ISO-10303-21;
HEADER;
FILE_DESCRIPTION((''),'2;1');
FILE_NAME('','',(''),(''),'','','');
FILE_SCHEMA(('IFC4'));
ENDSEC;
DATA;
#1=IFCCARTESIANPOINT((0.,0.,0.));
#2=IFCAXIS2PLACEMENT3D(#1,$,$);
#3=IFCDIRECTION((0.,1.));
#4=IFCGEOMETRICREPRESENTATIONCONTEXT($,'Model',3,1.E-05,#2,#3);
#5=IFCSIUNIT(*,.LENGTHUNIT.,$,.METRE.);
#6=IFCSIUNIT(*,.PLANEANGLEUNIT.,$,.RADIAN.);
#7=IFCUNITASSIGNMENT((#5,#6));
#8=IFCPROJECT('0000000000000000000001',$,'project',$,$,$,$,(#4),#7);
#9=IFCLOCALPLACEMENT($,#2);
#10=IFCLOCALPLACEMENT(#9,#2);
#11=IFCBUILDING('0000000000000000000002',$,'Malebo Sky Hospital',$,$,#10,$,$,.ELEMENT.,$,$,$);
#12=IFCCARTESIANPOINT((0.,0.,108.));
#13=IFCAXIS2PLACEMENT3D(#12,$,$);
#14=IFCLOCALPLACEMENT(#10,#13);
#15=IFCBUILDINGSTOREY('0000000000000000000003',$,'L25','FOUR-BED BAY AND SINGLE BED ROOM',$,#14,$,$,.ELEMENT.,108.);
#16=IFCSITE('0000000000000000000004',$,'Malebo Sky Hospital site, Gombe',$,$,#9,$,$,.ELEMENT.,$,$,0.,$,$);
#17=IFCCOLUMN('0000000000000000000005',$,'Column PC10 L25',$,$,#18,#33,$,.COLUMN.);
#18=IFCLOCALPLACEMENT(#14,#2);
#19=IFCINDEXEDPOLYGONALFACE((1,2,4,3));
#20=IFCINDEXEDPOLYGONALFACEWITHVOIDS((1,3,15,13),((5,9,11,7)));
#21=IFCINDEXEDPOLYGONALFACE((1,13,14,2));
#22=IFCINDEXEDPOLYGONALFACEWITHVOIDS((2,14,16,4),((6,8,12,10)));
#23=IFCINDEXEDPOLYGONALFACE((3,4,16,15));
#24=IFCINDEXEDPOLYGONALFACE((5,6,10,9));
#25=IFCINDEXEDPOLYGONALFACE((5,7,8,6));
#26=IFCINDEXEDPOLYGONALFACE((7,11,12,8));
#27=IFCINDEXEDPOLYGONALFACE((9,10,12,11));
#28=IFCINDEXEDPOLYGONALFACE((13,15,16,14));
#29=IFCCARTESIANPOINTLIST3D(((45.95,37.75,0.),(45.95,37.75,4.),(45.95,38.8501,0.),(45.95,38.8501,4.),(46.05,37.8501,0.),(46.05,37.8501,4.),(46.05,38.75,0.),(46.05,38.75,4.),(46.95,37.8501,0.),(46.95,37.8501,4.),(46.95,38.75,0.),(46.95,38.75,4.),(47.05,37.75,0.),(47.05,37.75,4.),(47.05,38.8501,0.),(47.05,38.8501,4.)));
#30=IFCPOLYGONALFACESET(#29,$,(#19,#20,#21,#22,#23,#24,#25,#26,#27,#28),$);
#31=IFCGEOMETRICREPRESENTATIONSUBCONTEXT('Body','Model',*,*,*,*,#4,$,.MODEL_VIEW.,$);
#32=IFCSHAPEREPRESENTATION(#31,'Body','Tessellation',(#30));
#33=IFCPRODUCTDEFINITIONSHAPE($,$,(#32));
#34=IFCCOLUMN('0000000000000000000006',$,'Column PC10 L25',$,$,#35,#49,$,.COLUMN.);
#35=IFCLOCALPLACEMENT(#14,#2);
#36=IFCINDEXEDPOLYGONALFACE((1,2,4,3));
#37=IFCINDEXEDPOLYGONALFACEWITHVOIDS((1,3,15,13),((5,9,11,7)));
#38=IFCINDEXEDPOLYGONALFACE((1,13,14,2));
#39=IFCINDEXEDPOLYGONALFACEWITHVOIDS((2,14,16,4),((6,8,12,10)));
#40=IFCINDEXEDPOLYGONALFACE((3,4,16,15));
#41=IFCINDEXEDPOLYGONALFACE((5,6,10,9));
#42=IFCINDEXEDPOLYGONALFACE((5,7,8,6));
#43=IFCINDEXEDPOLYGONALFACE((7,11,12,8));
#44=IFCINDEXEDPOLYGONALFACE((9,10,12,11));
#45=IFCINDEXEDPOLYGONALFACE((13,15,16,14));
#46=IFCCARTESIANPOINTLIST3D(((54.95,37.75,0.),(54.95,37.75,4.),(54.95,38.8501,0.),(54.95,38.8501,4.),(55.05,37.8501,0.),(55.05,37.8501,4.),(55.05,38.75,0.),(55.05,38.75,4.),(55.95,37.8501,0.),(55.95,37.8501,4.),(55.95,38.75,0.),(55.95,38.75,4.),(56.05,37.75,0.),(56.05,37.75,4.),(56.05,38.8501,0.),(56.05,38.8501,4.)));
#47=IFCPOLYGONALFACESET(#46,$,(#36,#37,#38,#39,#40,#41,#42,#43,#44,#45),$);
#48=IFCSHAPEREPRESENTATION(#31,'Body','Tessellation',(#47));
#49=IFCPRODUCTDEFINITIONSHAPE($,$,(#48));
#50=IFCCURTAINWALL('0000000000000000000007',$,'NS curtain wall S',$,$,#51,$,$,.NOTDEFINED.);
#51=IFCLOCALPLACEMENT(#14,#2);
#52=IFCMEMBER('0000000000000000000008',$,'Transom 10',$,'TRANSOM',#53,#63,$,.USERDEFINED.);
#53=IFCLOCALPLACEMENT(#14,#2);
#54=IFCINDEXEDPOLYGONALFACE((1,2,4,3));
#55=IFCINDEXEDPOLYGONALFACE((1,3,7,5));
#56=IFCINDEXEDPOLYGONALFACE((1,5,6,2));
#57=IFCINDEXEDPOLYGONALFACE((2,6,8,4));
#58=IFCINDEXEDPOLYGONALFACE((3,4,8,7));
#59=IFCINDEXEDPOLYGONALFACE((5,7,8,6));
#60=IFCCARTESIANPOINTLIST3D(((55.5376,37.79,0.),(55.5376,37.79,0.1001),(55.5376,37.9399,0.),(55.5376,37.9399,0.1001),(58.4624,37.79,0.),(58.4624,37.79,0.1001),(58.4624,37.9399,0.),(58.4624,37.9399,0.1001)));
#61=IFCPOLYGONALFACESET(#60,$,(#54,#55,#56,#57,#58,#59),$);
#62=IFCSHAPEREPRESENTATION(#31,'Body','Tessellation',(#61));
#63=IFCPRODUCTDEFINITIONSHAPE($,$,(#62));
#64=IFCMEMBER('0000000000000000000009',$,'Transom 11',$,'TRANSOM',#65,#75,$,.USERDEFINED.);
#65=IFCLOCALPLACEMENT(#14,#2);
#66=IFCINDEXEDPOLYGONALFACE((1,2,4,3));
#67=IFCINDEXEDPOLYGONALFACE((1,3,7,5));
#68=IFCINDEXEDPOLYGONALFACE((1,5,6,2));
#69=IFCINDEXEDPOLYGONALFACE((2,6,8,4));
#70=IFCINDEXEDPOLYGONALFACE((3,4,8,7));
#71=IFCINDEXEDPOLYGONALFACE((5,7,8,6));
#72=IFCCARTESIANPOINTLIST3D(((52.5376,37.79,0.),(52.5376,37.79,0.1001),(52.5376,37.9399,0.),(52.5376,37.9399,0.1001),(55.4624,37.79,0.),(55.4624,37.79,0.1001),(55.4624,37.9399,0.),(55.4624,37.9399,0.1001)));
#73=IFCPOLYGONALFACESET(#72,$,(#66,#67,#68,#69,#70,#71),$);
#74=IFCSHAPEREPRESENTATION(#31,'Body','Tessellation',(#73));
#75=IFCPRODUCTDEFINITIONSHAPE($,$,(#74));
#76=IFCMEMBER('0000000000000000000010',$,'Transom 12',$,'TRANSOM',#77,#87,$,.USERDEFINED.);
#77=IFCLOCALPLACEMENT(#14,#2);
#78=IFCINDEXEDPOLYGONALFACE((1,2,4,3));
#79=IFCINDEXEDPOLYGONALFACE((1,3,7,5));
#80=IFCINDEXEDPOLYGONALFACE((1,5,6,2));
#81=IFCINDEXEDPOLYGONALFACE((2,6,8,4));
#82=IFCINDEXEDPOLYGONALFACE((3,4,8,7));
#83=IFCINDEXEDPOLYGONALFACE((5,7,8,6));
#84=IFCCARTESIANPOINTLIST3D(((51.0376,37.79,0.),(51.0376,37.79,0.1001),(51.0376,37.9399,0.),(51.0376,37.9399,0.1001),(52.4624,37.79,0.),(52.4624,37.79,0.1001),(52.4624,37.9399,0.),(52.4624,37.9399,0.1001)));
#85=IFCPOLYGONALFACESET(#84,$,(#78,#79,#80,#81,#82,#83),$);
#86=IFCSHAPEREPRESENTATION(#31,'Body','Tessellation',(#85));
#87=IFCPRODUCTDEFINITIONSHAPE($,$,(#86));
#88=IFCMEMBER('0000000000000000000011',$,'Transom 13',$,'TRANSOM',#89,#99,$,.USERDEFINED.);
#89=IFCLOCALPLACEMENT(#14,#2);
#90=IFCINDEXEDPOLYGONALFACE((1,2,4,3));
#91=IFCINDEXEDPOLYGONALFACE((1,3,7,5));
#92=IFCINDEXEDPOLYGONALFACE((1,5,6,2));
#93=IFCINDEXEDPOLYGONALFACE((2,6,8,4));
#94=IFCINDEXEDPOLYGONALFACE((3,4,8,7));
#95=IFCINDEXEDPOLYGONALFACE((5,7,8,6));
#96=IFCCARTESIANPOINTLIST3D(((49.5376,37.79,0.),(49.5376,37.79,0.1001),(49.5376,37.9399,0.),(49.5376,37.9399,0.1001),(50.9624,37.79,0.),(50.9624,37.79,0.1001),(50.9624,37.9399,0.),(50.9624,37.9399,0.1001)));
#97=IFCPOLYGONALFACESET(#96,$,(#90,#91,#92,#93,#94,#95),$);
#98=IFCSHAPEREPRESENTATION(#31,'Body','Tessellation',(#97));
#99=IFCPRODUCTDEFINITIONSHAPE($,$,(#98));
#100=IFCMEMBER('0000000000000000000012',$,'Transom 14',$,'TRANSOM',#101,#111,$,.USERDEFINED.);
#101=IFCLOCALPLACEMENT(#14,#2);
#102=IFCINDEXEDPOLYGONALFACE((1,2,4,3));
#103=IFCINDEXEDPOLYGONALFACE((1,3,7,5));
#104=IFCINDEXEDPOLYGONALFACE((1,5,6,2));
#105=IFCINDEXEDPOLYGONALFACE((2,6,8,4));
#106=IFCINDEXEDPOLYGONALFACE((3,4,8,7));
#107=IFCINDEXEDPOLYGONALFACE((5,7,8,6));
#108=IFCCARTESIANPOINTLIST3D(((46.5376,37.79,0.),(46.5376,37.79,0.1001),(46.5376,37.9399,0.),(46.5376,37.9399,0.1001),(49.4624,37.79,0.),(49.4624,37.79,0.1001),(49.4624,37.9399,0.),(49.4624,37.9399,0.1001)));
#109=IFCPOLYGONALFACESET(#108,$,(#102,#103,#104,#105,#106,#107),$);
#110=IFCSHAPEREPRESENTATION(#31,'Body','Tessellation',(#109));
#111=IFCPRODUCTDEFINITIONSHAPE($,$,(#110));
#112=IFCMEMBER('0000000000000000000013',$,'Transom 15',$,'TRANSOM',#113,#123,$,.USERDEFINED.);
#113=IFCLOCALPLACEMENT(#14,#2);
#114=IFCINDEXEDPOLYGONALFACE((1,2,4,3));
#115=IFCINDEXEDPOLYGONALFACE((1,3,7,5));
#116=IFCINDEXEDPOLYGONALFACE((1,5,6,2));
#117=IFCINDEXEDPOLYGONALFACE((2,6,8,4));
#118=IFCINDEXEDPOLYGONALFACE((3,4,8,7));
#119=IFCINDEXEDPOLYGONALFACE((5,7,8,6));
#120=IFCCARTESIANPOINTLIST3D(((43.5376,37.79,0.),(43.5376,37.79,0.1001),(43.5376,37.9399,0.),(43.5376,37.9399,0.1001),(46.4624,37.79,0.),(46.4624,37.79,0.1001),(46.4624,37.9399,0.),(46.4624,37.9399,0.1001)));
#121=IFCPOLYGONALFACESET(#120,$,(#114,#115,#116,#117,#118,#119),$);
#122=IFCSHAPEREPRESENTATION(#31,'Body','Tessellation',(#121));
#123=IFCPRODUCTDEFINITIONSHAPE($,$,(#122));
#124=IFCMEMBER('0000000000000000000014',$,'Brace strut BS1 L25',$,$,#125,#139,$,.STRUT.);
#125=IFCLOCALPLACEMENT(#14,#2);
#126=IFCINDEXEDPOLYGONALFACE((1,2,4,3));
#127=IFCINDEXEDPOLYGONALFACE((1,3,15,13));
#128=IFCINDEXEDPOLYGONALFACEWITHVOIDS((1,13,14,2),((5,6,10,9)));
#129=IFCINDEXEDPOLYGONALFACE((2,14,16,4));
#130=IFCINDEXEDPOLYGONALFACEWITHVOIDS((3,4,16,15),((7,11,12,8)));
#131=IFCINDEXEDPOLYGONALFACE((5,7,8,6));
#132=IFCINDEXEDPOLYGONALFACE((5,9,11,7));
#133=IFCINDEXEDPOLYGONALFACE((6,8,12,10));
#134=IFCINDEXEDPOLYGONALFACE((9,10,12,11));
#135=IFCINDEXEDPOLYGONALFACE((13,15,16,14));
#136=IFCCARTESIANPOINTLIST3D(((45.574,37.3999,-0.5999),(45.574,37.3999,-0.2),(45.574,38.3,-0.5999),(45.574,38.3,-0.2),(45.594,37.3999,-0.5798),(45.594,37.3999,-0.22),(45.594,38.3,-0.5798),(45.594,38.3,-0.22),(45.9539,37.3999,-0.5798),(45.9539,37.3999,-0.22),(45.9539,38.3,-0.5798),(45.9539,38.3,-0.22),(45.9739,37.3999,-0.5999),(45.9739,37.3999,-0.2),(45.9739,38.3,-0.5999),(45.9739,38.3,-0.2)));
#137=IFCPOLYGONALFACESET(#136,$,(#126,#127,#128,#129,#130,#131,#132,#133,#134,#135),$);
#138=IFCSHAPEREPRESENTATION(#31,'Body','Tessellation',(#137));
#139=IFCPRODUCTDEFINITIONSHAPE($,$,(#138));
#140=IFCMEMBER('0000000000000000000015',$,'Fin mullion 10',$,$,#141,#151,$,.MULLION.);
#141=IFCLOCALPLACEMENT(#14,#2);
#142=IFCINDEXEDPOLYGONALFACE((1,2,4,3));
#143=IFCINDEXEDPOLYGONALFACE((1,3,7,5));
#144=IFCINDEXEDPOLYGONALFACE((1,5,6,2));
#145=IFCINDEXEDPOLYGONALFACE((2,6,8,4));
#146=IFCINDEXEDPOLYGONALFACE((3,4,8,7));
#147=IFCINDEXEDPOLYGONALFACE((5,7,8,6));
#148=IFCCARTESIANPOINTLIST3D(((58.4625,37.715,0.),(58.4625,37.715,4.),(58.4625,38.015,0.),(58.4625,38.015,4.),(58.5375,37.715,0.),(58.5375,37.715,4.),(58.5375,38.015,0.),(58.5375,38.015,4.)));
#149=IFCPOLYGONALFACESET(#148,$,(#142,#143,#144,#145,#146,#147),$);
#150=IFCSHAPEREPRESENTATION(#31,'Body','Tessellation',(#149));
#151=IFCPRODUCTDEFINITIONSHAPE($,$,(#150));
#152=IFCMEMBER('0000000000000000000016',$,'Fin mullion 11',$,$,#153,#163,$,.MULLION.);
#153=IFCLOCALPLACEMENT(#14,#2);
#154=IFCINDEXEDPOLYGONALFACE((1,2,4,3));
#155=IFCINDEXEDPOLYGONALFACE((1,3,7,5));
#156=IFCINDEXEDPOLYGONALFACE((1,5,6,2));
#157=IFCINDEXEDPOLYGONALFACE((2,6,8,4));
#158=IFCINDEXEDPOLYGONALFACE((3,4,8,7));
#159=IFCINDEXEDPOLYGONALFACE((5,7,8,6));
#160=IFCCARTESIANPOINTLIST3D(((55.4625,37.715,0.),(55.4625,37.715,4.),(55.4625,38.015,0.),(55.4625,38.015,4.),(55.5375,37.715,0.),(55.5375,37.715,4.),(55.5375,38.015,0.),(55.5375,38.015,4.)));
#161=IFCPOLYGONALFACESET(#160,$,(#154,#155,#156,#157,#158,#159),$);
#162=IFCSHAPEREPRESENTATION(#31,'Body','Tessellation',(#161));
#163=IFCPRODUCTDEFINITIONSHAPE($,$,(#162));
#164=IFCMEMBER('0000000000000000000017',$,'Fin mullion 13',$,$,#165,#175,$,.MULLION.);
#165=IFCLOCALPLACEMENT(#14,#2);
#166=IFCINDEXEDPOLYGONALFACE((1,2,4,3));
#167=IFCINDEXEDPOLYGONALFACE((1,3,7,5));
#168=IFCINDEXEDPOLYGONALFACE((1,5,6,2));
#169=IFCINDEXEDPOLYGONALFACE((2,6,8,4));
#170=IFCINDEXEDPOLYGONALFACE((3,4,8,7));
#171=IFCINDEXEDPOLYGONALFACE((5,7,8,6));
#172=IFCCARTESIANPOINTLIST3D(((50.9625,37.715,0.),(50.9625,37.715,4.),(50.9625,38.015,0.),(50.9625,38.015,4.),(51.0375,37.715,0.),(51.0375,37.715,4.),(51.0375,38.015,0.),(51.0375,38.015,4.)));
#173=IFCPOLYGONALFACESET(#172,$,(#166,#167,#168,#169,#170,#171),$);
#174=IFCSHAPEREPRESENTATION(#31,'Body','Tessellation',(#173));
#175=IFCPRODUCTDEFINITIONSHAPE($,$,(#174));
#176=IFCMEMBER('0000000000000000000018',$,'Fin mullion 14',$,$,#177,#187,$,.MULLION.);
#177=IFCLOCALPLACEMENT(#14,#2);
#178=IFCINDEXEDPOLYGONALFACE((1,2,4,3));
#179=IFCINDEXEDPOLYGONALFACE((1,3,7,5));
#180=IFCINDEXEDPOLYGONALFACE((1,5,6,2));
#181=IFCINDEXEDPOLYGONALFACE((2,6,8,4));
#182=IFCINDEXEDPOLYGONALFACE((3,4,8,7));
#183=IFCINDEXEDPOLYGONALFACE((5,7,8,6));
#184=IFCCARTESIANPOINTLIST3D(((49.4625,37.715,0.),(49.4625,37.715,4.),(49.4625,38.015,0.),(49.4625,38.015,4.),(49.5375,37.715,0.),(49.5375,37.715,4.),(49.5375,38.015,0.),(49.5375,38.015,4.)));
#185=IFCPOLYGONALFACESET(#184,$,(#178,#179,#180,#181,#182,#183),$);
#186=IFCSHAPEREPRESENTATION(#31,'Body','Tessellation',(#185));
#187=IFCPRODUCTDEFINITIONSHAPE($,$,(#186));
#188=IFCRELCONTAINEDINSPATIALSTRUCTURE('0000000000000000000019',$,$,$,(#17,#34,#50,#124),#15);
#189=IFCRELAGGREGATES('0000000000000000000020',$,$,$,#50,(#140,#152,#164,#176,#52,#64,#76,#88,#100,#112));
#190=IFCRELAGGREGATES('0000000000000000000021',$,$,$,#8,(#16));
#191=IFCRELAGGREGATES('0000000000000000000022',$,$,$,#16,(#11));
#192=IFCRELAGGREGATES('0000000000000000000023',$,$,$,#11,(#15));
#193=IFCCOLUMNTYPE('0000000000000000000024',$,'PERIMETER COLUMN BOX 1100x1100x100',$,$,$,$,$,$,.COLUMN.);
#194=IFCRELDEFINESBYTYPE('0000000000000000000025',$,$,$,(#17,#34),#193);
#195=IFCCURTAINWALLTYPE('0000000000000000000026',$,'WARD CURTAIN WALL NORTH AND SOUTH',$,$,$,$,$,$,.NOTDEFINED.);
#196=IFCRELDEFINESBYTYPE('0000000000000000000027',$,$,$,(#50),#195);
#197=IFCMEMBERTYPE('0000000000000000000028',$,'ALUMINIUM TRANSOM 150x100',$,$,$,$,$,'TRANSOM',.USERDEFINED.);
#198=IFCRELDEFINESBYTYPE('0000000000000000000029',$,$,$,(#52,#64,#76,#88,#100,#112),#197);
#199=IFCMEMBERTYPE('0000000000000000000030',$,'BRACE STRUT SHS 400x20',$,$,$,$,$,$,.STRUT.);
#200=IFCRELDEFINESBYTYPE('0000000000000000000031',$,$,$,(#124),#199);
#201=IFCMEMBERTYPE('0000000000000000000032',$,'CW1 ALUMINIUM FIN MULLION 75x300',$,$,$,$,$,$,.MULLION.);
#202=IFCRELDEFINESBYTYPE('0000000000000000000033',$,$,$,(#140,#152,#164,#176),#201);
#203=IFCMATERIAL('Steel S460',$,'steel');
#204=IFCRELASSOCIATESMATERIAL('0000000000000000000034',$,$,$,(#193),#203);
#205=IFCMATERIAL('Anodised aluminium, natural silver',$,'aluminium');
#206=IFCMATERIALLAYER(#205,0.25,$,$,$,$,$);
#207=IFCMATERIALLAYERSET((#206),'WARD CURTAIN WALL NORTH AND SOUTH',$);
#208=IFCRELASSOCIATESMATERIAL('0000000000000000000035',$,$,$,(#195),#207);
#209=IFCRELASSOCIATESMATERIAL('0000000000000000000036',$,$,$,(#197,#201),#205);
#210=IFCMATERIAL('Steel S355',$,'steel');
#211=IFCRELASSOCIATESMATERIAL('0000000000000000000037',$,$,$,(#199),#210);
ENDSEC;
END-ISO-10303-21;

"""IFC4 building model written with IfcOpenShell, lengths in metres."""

from ifc_helpers import new_model, si_unit, direction, frame, origin, origin_2d, place, context, subcontext, project, spatial, rectangle, hollow_rectangle, extrude, material, layer, layer_set, material_profile, profile_set, type_object, element, aggregate, save


model = new_model("IFC4")

# Units and contexts
model_context = context("Model", 3, precision=1e-05, world=origin(), true_north=direction((0.0, 1.0)))
body_context = subcontext(model_context, "Body", "Model", "MODEL_VIEW")
ifc_project = project(units=[si_unit("LENGTHUNIT", "METRE"), si_unit("PLANEANGLEUNIT", "RADIAN")], contexts=[model_context])

# Site, building, storey
site_placement = place(None, origin())
site = spatial("IfcSite", under=ifc_project, at=site_placement, Name="Malebo Sky Hospital site, Gombe", CompositionType="ELEMENT", RefElevation=0.0)
building_placement = place(site_placement, origin())
building = spatial("IfcBuilding", under=site, at=building_placement, Name="Malebo Sky Hospital", CompositionType="ELEMENT")
storey_placement = place(building_placement, frame((0.0, 0.0, 108.0)))
storey = spatial("IfcBuildingStorey", under=building, at=storey_placement, Name="L25", Description="FOUR-BED BAY AND SINGLE BED ROOM", CompositionType="ELEMENT", Elevation=108.0)

# Columns
ifc_material_1 = material(Name="Steel S460", Category="steel")
ifc_material_profile_1 = material_profile(ifc_material_1, hollow_rectangle(XDim=1.1001, YDim=1.1001, WallThickness=0.1001, at=origin_2d()), Name="BOX 1100x1100x100")
ifc_profile_set_1 = profile_set([ifc_material_profile_1], Name="Steel S460")
column_type = type_object("IfcColumnType", Name="PERIMETER COLUMN BOX 1100x1100x100", PredefinedType="COLUMN", material=ifc_profile_set_1)
for number, where, z_axis, x_axis, name in (
    (1, (46.5, 38.3, 0.0), (0.0, 0.0, 1.0), (1.0, 0.0, 0.0), "Column PC10 L25"),
    (2, (55.5, 38.3, 0.0), (0.0, 0.0, 1.0), (1.0, 0.0, 0.0), "Column PC10 L25"),
):
    element("IfcColumn", number, at=place(storey_placement, frame(where, z_axis=z_axis, x_axis=x_axis)), inside=storey, type_object=column_type, Name=name, PredefinedType="COLUMN", context=body_context, shape_type="SweptSolid", body=[
        extrude(hollow_rectangle(XDim=1.1001, YDim=1.1001, WallThickness=0.1001, at=origin_2d()), origin(), (0.0, 0.0, 1.0), 4.0),
    ])

# Curtain wall, members
ifc_material_2 = material(Name="Anodised aluminium, natural silver", Category="aluminium")
ifc_layer_1 = layer(ifc_material_2, 0.25)
ifc_layer_set_1 = layer_set([ifc_layer_1], Name="WARD CURTAIN WALL NORTH AND SOUTH")
curtain_wall_type = type_object("IfcCurtainWallType", Name="WARD CURTAIN WALL NORTH AND SOUTH", PredefinedType="NOTDEFINED", material=ifc_layer_set_1)
curtain_wall_placement = place(storey_placement, origin())
curtain_wall = element("IfcCurtainWall", 3, at=curtain_wall_placement, inside=storey, type_object=curtain_wall_type, Name="NS curtain wall S", PredefinedType="NOTDEFINED")
ifc_material_profile_2 = material_profile(ifc_material_2, rectangle(XDim=0.1499, YDim=0.1001, at=origin_2d()), Name="ALUMINIUM TRANSOM 150x100")
ifc_profile_set_2 = profile_set([ifc_material_profile_2], Name="Anodised aluminium, natural silver")
member_type_1 = type_object("IfcMemberType", Name="ALUMINIUM TRANSOM 150x100", ElementType="TRANSOM", PredefinedType="USERDEFINED", material=ifc_profile_set_2)
member_1_placement = place(storey_placement, frame((58.4624, 37.865, 0.05), z_axis=(-1.0, 0.0, 0.0), x_axis=(0.0, -1.0, 0.0)))
member_1 = element("IfcMember", 4, at=member_1_placement, type_object=member_type_1, Name="Transom 10", ObjectType="TRANSOM", PredefinedType="USERDEFINED", context=body_context, shape_type="SweptSolid", body=[
    extrude(rectangle(XDim=0.1499, YDim=0.1001, at=origin_2d()), origin(), (0.0, 0.0, 1.0), 2.9248),
])
member_2_placement = place(storey_placement, frame((55.4624, 37.865, 0.05), z_axis=(-1.0, 0.0, 0.0), x_axis=(0.0, -1.0, 0.0)))
member_2 = element("IfcMember", 5, at=member_2_placement, type_object=member_type_1, Name="Transom 11", ObjectType="TRANSOM", PredefinedType="USERDEFINED", context=body_context, shape_type="SweptSolid", body=[
    extrude(rectangle(XDim=0.1499, YDim=0.1001, at=origin_2d()), origin(), (0.0, 0.0, 1.0), 2.9248),
])
member_3_placement = place(storey_placement, frame((52.4624, 37.865, 0.05), z_axis=(-1.0, 0.0, 0.0), x_axis=(0.0, -1.0, 0.0)))
member_3 = element("IfcMember", 6, at=member_3_placement, type_object=member_type_1, Name="Transom 12", ObjectType="TRANSOM", PredefinedType="USERDEFINED", context=body_context, shape_type="SweptSolid", body=[
    extrude(rectangle(XDim=0.1499, YDim=0.1001, at=origin_2d()), origin(), (0.0, 0.0, 1.0), 1.4248),
])
member_4_placement = place(storey_placement, frame((50.9624, 37.865, 0.05), z_axis=(-1.0, 0.0, 0.0), x_axis=(0.0, -1.0, 0.0)))
member_4 = element("IfcMember", 7, at=member_4_placement, type_object=member_type_1, Name="Transom 13", ObjectType="TRANSOM", PredefinedType="USERDEFINED", context=body_context, shape_type="SweptSolid", body=[
    extrude(rectangle(XDim=0.1499, YDim=0.1001, at=origin_2d()), origin(), (0.0, 0.0, 1.0), 1.4248),
])
member_5_placement = place(storey_placement, frame((49.4624, 37.865, 0.05), z_axis=(-1.0, 0.0, 0.0), x_axis=(0.0, -1.0, 0.0)))
member_5 = element("IfcMember", 8, at=member_5_placement, type_object=member_type_1, Name="Transom 14", ObjectType="TRANSOM", PredefinedType="USERDEFINED", context=body_context, shape_type="SweptSolid", body=[
    extrude(rectangle(XDim=0.1499, YDim=0.1001, at=origin_2d()), origin(), (0.0, 0.0, 1.0), 2.9248),
])
member_6_placement = place(storey_placement, frame((46.4624, 37.865, 0.05), z_axis=(-1.0, 0.0, 0.0), x_axis=(0.0, -1.0, 0.0)))
member_6 = element("IfcMember", 9, at=member_6_placement, type_object=member_type_1, Name="Transom 15", ObjectType="TRANSOM", PredefinedType="USERDEFINED", context=body_context, shape_type="SweptSolid", body=[
    extrude(rectangle(XDim=0.1499, YDim=0.1001, at=origin_2d()), origin(), (0.0, 0.0, 1.0), 2.9248),
])

# Members
ifc_material_3 = material(Name="Steel S355", Category="steel")
ifc_material_profile_3 = material_profile(ifc_material_3, hollow_rectangle(XDim=0.3999, YDim=0.3999, WallThickness=0.02, at=origin_2d()), Name="SHS 400x20")
ifc_profile_set_3 = profile_set([ifc_material_profile_3], Name="Steel S355")
member_type_2 = type_object("IfcMemberType", Name="BRACE STRUT SHS 400x20", PredefinedType="STRUT", material=ifc_profile_set_3)
member_7_placement = place(storey_placement, frame((45.7739, 37.3999, -0.3999), z_axis=(0.0, 1.0, 0.0), x_axis=(-1.0, 0.0, 0.0)))
element("IfcMember", 10, at=member_7_placement, inside=storey, type_object=member_type_2, Name="Brace strut BS1 L25", PredefinedType="STRUT", context=body_context, shape_type="SweptSolid", body=[
    extrude(hollow_rectangle(XDim=0.3999, YDim=0.3999, WallThickness=0.02, at=origin_2d()), origin(), (0.0, 0.0, 1.0), 0.9001),
])
ifc_material_profile_4 = material_profile(ifc_material_2, rectangle(XDim=0.075, YDim=0.3, at=origin_2d()), Name="CW1 ALUMINIUM FIN MULLION 75x300")
ifc_profile_set_4 = profile_set([ifc_material_profile_4], Name="Anodised aluminium, natural silver")
member_type_3 = type_object("IfcMemberType", Name="CW1 ALUMINIUM FIN MULLION 75x300", PredefinedType="MULLION", material=ifc_profile_set_4)
member_8_placement = place(storey_placement, frame((58.5, 37.865, 0.0), z_axis=(0.0, 0.0, 1.0), x_axis=(-1.0, 0.0, 0.0)))
member_8 = element("IfcMember", 11, at=member_8_placement, type_object=member_type_3, Name="Fin mullion 10", PredefinedType="MULLION", context=body_context, shape_type="SweptSolid", body=[
    extrude(rectangle(XDim=0.075, YDim=0.3, at=origin_2d()), origin(), (0.0, 0.0, 1.0), 4.0),
])
member_9_placement = place(storey_placement, frame((55.5, 37.865, 0.0), z_axis=(0.0, 0.0, 1.0), x_axis=(-1.0, 0.0, 0.0)))
member_9 = element("IfcMember", 12, at=member_9_placement, type_object=member_type_3, Name="Fin mullion 11", PredefinedType="MULLION", context=body_context, shape_type="SweptSolid", body=[
    extrude(rectangle(XDim=0.075, YDim=0.3, at=origin_2d()), origin(), (0.0, 0.0, 1.0), 4.0),
])
member_10_placement = place(storey_placement, frame((51.0, 37.865, 0.0), z_axis=(0.0, 0.0, 1.0), x_axis=(-1.0, 0.0, 0.0)))
member_10 = element("IfcMember", 13, at=member_10_placement, type_object=member_type_3, Name="Fin mullion 13", PredefinedType="MULLION", context=body_context, shape_type="SweptSolid", body=[
    extrude(rectangle(XDim=0.075, YDim=0.3, at=origin_2d()), origin(), (0.0, 0.0, 1.0), 4.0),
])
member_11_placement = place(storey_placement, frame((49.5, 37.865, 0.0), z_axis=(0.0, 0.0, 1.0), x_axis=(-1.0, 0.0, 0.0)))
member_11 = element("IfcMember", 14, at=member_11_placement, type_object=member_type_3, Name="Fin mullion 14", PredefinedType="MULLION", context=body_context, shape_type="SweptSolid", body=[
    extrude(rectangle(XDim=0.075, YDim=0.3, at=origin_2d()), origin(), (0.0, 0.0, 1.0), 4.0),
])

aggregate(curtain_wall, [member_8, member_9, member_10, member_11, member_1, member_2, member_3, member_4, member_5, member_6])

save(model, "model.ifc")
